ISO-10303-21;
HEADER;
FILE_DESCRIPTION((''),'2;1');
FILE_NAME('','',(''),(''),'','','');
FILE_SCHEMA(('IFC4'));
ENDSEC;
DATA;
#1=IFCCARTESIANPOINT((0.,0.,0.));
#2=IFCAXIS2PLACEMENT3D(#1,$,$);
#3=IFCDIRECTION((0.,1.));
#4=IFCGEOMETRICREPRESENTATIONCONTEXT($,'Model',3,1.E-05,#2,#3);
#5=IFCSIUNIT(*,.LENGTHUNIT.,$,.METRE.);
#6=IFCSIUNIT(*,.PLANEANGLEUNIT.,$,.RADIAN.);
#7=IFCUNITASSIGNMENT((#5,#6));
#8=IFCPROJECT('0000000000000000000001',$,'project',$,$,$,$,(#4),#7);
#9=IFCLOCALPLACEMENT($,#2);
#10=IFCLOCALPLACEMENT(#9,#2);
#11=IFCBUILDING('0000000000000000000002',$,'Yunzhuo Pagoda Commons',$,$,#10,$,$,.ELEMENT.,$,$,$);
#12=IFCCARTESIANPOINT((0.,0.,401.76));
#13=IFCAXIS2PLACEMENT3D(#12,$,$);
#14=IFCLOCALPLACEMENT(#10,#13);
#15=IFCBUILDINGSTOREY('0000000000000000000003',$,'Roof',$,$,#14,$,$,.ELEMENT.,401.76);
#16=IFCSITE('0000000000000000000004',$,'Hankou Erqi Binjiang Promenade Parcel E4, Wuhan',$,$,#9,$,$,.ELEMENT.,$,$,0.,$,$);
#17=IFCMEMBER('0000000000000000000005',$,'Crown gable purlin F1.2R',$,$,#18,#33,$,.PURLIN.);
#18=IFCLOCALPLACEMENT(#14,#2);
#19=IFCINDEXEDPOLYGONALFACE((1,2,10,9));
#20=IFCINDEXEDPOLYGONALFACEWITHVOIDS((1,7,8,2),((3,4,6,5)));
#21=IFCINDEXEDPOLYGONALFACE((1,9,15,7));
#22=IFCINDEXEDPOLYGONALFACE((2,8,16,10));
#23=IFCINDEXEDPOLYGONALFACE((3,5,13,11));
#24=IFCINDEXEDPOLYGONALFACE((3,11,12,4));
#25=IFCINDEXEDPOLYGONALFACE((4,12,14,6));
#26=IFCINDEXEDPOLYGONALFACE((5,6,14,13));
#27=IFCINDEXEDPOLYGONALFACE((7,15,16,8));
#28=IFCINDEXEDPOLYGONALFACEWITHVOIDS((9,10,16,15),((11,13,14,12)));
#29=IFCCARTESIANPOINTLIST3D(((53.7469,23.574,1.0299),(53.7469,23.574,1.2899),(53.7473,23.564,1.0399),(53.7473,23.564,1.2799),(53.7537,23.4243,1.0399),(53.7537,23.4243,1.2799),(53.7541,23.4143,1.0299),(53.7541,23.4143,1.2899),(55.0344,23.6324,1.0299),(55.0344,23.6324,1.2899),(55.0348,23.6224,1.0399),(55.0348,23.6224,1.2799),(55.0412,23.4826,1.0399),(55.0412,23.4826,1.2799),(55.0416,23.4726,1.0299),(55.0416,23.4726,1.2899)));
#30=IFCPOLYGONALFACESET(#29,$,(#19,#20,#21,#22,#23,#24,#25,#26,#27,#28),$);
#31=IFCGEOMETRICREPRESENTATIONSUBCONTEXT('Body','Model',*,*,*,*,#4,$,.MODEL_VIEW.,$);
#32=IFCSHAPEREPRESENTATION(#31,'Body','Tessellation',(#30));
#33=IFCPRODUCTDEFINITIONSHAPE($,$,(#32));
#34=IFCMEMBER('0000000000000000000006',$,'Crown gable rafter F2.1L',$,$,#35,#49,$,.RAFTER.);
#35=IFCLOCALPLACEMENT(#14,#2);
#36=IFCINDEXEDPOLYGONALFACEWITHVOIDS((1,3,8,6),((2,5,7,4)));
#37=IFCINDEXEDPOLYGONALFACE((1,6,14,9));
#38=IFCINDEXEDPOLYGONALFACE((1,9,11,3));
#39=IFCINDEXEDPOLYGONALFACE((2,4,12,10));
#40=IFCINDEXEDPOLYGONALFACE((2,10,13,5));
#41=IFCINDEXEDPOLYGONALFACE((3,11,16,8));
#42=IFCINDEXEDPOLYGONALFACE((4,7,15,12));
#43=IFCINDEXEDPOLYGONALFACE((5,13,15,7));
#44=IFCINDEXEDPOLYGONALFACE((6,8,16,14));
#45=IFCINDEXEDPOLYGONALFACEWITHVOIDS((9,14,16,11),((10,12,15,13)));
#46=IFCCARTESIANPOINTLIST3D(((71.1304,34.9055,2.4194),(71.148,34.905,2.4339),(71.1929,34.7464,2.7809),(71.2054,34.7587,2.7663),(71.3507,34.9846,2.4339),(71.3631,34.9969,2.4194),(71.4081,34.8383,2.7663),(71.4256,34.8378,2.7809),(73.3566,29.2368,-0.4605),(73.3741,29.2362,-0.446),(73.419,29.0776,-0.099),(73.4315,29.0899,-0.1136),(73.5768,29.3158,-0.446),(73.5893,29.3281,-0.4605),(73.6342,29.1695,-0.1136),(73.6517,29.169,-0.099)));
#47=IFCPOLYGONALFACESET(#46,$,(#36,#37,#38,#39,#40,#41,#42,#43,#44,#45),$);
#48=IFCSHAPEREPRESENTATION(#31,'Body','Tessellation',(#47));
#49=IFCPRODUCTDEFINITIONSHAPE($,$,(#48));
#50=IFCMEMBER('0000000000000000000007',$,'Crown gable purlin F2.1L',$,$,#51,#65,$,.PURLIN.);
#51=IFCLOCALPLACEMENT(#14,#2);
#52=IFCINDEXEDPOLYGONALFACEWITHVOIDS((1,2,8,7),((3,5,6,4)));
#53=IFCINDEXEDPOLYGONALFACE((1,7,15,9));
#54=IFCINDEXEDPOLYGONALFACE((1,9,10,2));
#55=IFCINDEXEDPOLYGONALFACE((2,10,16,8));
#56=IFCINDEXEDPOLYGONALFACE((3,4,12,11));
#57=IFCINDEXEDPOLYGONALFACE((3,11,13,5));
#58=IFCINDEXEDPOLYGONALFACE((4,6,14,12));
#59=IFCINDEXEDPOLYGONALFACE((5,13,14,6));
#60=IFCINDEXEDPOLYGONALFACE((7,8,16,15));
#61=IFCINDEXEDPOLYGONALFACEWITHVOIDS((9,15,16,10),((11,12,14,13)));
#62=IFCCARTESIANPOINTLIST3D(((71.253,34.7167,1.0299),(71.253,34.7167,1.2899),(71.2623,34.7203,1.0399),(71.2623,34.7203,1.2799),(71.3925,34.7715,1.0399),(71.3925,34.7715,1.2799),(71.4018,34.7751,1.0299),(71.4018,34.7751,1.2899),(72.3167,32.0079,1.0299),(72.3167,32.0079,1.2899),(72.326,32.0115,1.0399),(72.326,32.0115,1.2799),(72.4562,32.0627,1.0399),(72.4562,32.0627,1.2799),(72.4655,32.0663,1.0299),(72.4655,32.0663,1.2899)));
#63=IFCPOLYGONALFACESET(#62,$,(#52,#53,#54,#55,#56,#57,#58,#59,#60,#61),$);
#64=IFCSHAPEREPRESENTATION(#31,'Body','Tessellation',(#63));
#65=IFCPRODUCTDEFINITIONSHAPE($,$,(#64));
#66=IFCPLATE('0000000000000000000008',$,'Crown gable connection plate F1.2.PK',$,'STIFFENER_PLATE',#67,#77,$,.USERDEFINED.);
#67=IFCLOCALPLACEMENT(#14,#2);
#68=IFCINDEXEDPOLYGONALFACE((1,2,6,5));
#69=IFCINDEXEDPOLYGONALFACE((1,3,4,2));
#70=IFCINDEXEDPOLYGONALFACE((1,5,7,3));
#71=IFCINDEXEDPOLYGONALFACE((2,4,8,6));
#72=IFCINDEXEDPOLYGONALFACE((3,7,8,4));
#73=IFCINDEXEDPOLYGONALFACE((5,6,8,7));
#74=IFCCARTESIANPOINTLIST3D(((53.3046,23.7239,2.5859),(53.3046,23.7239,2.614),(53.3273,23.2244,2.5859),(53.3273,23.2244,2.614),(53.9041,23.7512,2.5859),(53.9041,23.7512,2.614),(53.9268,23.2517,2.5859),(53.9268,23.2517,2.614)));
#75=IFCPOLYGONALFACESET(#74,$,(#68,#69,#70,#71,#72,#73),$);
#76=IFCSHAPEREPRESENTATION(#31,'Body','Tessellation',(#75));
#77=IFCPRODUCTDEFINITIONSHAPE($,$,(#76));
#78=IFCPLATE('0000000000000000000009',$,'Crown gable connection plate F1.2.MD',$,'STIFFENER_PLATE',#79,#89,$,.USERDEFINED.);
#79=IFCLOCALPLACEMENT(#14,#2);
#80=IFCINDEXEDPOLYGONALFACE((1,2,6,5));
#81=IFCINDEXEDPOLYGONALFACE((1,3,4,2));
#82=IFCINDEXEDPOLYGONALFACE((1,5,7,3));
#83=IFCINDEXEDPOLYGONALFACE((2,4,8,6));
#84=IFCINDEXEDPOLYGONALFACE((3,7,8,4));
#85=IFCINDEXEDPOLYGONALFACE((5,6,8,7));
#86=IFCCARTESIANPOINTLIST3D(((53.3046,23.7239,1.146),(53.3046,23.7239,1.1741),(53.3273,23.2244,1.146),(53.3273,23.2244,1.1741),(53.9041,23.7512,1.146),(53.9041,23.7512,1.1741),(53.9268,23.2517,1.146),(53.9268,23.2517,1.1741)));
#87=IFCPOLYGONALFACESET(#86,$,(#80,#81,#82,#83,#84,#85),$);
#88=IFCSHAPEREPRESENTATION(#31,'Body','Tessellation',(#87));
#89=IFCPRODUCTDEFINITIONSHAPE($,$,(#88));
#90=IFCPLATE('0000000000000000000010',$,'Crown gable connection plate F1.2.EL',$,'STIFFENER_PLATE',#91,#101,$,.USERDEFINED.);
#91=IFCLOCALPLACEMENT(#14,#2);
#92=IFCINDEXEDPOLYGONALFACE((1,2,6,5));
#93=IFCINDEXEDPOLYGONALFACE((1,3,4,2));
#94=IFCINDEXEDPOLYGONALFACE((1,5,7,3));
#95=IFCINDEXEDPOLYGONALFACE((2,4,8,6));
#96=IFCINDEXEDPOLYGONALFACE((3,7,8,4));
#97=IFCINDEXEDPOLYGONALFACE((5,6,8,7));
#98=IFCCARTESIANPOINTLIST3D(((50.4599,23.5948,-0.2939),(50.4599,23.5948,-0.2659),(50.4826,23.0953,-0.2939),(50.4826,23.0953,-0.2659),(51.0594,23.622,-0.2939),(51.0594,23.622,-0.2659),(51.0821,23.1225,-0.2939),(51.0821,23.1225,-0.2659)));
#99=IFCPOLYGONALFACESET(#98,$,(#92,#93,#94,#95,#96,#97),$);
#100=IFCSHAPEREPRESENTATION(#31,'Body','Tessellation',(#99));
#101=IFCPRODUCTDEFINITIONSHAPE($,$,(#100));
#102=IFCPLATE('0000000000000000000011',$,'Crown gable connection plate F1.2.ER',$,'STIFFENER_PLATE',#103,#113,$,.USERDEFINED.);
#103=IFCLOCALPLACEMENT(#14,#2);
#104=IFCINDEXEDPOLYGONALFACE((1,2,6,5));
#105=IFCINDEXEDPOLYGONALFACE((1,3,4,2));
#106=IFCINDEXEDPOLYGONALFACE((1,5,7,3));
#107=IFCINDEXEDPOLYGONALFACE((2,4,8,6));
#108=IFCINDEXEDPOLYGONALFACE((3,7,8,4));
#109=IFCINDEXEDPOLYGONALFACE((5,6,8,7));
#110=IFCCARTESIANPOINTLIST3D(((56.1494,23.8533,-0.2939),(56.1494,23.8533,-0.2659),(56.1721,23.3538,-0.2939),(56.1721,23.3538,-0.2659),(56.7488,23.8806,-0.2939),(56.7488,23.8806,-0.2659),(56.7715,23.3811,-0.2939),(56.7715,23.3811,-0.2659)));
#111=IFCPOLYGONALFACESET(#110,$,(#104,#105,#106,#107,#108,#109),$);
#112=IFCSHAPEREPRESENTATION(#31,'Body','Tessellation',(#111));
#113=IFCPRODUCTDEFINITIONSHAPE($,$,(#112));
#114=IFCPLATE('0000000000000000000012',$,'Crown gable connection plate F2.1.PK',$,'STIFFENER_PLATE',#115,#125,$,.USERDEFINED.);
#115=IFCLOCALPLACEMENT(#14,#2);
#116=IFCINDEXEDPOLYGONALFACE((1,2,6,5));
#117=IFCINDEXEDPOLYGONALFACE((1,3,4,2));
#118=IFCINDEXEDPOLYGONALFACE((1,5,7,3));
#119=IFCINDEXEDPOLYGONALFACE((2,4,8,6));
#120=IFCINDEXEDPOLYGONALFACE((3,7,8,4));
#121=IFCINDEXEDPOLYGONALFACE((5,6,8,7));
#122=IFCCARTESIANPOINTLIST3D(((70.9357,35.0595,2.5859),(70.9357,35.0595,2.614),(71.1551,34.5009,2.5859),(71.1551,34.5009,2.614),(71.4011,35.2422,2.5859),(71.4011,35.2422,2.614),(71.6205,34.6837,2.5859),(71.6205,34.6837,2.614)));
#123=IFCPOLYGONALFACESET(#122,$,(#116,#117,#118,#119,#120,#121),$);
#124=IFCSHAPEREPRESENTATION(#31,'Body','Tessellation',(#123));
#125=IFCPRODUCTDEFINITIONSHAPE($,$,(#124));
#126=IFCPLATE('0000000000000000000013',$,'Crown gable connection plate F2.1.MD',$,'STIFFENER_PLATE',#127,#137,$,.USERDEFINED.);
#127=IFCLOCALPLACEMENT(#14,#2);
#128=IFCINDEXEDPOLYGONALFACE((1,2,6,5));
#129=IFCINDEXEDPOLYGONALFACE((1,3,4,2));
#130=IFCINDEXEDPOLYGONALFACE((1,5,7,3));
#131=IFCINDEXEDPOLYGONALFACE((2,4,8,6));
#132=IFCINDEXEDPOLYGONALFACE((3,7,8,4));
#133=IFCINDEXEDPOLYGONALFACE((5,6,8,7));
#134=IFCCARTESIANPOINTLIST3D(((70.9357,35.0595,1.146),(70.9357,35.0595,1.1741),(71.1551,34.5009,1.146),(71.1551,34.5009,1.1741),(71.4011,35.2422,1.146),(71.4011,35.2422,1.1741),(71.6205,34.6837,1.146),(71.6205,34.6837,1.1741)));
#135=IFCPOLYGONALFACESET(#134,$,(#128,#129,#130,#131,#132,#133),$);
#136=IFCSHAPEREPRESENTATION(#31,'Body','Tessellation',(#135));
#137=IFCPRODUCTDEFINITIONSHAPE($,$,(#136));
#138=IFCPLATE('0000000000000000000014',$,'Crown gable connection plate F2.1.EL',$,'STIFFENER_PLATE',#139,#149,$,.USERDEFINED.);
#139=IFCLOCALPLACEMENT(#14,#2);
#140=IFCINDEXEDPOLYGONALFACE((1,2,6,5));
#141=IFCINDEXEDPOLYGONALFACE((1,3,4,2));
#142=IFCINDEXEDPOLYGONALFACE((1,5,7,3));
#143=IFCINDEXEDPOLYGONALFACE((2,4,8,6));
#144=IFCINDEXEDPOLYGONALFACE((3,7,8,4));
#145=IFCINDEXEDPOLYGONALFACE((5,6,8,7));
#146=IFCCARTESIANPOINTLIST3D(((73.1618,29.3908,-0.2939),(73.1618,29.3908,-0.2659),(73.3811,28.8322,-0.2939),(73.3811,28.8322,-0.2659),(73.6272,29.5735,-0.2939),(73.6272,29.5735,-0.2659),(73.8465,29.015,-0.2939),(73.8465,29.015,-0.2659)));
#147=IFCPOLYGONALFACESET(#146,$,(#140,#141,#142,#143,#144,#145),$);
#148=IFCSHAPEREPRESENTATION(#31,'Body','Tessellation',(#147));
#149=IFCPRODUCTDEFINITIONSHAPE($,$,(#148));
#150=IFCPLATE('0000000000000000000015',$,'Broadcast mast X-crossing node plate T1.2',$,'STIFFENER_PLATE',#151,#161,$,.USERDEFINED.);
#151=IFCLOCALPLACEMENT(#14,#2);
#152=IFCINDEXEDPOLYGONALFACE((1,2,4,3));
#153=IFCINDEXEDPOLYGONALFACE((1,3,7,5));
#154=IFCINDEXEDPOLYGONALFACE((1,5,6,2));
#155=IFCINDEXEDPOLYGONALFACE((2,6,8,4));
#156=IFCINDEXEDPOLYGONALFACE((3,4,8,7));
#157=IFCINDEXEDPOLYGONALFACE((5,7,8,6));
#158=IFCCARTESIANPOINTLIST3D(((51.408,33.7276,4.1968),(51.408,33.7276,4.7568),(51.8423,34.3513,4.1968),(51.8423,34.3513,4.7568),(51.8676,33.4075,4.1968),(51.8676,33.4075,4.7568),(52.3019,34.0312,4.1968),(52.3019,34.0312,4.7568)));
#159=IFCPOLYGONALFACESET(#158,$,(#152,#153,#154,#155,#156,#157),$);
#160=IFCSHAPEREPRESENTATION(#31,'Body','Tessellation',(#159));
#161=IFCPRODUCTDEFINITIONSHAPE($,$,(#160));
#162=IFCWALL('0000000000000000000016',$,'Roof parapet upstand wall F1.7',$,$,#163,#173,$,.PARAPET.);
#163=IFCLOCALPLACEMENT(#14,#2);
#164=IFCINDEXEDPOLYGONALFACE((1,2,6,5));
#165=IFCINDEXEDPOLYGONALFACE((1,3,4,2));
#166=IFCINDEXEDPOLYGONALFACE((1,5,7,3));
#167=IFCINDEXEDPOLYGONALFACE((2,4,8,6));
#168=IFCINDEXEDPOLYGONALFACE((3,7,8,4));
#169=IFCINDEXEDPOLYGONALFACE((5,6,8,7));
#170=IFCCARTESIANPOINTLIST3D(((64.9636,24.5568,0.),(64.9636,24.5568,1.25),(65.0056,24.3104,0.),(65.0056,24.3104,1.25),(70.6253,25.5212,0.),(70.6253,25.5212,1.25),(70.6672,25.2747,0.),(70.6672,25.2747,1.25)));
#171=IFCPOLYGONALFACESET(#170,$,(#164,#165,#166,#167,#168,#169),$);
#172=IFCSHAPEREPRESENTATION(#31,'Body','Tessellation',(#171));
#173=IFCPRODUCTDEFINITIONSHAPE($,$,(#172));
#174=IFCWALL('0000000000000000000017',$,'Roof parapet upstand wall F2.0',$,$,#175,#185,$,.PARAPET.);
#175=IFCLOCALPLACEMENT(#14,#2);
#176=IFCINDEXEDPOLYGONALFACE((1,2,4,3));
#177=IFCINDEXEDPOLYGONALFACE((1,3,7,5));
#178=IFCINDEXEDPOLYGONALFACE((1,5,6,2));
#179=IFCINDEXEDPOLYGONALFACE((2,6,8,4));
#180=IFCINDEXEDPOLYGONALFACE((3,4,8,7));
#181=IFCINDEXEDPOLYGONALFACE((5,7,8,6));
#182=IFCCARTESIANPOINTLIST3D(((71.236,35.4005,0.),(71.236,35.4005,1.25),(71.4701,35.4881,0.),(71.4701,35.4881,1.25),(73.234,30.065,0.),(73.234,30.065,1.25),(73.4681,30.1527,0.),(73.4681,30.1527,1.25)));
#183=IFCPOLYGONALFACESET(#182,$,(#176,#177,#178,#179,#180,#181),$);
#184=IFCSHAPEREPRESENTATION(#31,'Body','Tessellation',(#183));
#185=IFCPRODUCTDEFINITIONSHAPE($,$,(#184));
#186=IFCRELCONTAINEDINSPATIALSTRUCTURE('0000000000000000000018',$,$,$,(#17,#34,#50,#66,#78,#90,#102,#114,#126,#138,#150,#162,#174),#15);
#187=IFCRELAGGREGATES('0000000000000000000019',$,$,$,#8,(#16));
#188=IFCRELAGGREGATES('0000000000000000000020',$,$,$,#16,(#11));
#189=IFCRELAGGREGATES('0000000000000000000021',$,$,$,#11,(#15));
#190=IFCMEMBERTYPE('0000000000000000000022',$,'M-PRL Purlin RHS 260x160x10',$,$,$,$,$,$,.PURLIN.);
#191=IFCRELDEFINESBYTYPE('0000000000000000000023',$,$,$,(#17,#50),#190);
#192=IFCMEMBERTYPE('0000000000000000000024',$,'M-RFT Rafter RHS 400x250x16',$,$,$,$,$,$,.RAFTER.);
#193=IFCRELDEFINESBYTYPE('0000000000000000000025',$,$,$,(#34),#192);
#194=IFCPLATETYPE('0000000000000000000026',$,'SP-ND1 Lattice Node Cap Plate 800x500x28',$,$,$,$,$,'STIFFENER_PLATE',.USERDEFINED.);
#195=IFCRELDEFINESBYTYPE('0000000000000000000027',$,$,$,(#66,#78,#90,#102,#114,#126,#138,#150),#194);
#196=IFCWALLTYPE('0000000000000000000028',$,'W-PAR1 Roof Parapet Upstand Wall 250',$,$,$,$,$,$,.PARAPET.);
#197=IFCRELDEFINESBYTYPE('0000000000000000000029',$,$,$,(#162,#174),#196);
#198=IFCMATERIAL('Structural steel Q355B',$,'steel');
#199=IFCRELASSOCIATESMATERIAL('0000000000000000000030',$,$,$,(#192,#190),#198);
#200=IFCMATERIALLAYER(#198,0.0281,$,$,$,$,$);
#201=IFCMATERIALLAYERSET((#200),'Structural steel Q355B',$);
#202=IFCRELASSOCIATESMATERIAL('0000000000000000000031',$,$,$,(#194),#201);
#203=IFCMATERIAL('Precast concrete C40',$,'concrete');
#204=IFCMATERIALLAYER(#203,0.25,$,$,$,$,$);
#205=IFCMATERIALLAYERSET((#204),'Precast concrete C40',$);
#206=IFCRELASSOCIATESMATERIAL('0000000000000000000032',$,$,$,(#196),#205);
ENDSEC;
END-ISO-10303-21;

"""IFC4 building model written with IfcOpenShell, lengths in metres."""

from ifc_helpers import new_model, si_unit, direction, frame, frame_2d, origin, origin_2d, place, context, subcontext, project, spatial, rectangle, hollow_rectangle, extrude, source, transform, mapped, material, layer, layer_set, material_profile, profile_set, type_object, element, save


model = new_model("IFC4")

# Units and contexts
model_context = context("Model", 3, precision=1e-05, world=origin(), true_north=direction((0.0, 1.0)))
body_context = subcontext(model_context, "Body", "Model", "MODEL_VIEW")
ifc_project = project(units=[si_unit("LENGTHUNIT", "METRE"), si_unit("PLANEANGLEUNIT", "RADIAN")], contexts=[model_context])

# Site, building, storey
site_placement = place(None, origin())
site = spatial("IfcSite", under=ifc_project, at=site_placement, Name="Hankou Erqi Binjiang Promenade Parcel E4, Wuhan", CompositionType="ELEMENT", RefElevation=0.0)
building_placement = place(site_placement, origin())
building = spatial("IfcBuilding", under=site, at=building_placement, Name="Yunzhuo Pagoda Commons", CompositionType="ELEMENT")
storey_placement = place(building_placement, frame((0.0, 0.0, 401.76)))
storey = spatial("IfcBuildingStorey", under=building, at=storey_placement, Name="Roof", CompositionType="ELEMENT", Elevation=401.76)

# Shared definitions
ifc_material_1 = material(Name="Structural steel Q355B", Category="steel")

# Members
ifc_material_profile_1 = material_profile(ifc_material_1, hollow_rectangle(XDim=0.25, YDim=0.3999, WallThickness=0.0161, at=origin_2d()), Name="Structural steel Q355B")
ifc_profile_set_1 = profile_set([ifc_material_profile_1], Name="Structural steel Q355B")
member_type_1 = type_object("IfcMemberType", Name="M-RFT Rafter RHS 400x250x16", PredefinedType="RAFTER", material=ifc_profile_set_1)
ifc_material_profile_2 = material_profile(ifc_material_1, hollow_rectangle(XDim=0.1599, YDim=0.26, WallThickness=0.01, at=origin_2d()), Name="Structural steel Q355B")
ifc_profile_set_2 = profile_set([ifc_material_profile_2], Name="Structural steel Q355B")
member_type_2 = type_object("IfcMemberType", Name="M-PRL Purlin RHS 260x160x10", PredefinedType="PURLIN", material=ifc_profile_set_2)
shared_shape_1 = source(origin(), body_context, "Body", "SweptSolid", [
    extrude(hollow_rectangle(XDim=0.1599, YDim=0.26, WallThickness=0.01, at=origin_2d()), origin(), (0.0, 0.0, 1.0), 1.2888),
])
for number, where, z_axis, x_axis, name in (
    (1, (53.7505, 23.4941, 1.1599), (0.998975, 0.04527, 0.0), (-0.04527, 0.998975, 0.0), "Crown gable purlin F1.2R"),
):
    element("IfcMember", number, at=place(storey_placement, frame(where, z_axis=z_axis, x_axis=x_axis)), inside=storey, type_object=member_type_2, Name=name, PredefinedType="PURLIN", context=body_context, shape_type="MappedRepresentation", body=[
        mapped(shared_shape_1, transform((0.0, 0.0, 0.0), scale=1.0)),
    ])
shared_shape_2 = source(origin(), body_context, "Body", "SweptSolid", [
    extrude(hollow_rectangle(XDim=0.25, YDim=0.3999, WallThickness=0.0161, at=origin_2d()), origin(), (0.0, 0.0, 1.0), 6.7368),
])
member_1_placement = place(storey_placement, frame((73.5042, 29.2029, -0.2798), z_axis=(-0.330439, 0.841464, 0.427491), x_axis=(-0.930803, -0.365522, 0.0)))
element("IfcMember", 2, at=member_1_placement, inside=storey, type_object=member_type_1, Name="Crown gable rafter F2.1L", PredefinedType="RAFTER", context=body_context, shape_type="MappedRepresentation", body=[
    mapped(shared_shape_2, transform((0.0, 0.0, 0.0), scale=1.0)),
])
shared_shape_3 = source(origin(), body_context, "Body", "SweptSolid", [
    extrude(hollow_rectangle(XDim=0.1599, YDim=0.26, WallThickness=0.01, at=origin_2d()), origin(), (0.0, 0.0, 1.0), 2.9102),
])
member_2_placement = place(storey_placement, frame((72.3911, 32.0371, 1.1599), z_axis=(-0.365525, 0.930801, 0.0), x_axis=(-0.930801, -0.365525, 0.0)))
element("IfcMember", 3, at=member_2_placement, inside=storey, type_object=member_type_2, Name="Crown gable purlin F2.1L", PredefinedType="PURLIN", context=body_context, shape_type="MappedRepresentation", body=[
    mapped(shared_shape_3, transform((0.0, 0.0, 0.0), scale=1.0)),
])

# Plates
ifc_layer_1 = layer(ifc_material_1, 0.0281)
ifc_layer_set_1 = layer_set([ifc_layer_1], Name="Structural steel Q355B")
plate_type = type_object("IfcPlateType", Name="SP-ND1 Lattice Node Cap Plate 800x500x28", ElementType="STIFFENER_PLATE", PredefinedType="USERDEFINED", material=ifc_layer_set_1)
shared_shape_4 = source(origin(), body_context, "Body", "SweptSolid", [
    extrude(rectangle(XDim=0.6001, YDim=0.5, at=origin_2d()), origin(), (0.0, 0.0, 1.0), 0.0281),
])
for number, where, z_axis, x_axis, name in (
    (4, (53.6157, 23.4878, 2.5859), (0.0, 0.0, 1.0), (0.998968, 0.045415, 0.0), "Crown gable connection plate F1.2.PK"),
    (5, (53.6157, 23.4878, 1.146), (0.0, 0.0, 1.0), (0.998968, 0.045415, 0.0), "Crown gable connection plate F1.2.MD"),
    (6, (50.771, 23.3586, -0.2939), (0.0, 0.0, 1.0), (0.998968, 0.045415, 0.0), "Crown gable connection plate F1.2.EL"),
    (7, (56.4604, 23.6172, -0.2939), (0.0, 0.0, 1.0), (0.998968, 0.045415, 0.0), "Crown gable connection plate F1.2.ER"),
    (8, (71.2781, 34.8716, 2.5859), (0.0, 0.0, 1.0), (-0.365527, 0.930801, 0.0), "Crown gable connection plate F2.1.PK"),
    (9, (71.2781, 34.8716, 1.146), (0.0, 0.0, 1.0), (-0.365527, 0.930801, 0.0), "Crown gable connection plate F2.1.MD"),
    (10, (73.5042, 29.2029, -0.2939), (0.0, 0.0, 1.0), (-0.365527, 0.930801, 0.0), "Crown gable connection plate F2.1.EL"),
):
    element("IfcPlate", number, at=place(storey_placement, frame(where, z_axis=z_axis, x_axis=x_axis)), inside=storey, type_object=plate_type, Name=name, ObjectType="STIFFENER_PLATE", PredefinedType="USERDEFINED", context=body_context, shape_type="MappedRepresentation", body=[
        mapped(shared_shape_4, transform((0.0, 0.0, 0.0), scale=1.0)),
    ])
shared_shape_5 = source(origin(), body_context, "Body", "SweptSolid", [
    extrude(rectangle(XDim=0.76, YDim=0.5601, at=origin_2d()), origin(), (0.0, 0.0, 1.0), 0.5601),
])
plate_placement = place(storey_placement, frame((51.855, 33.8794, 4.1968), z_axis=(0.0, 0.0, 1.0), x_axis=(-0.571459, -0.820631, 0.0)))
element("IfcPlate", 11, at=plate_placement, inside=storey, type_object=plate_type, Name="Broadcast mast X-crossing node plate T1.2", ObjectType="STIFFENER_PLATE", PredefinedType="USERDEFINED", context=body_context, shape_type="MappedRepresentation", body=[
    mapped(shared_shape_5, transform((0.0, 0.0, 0.0), scale=1.0)),
])

# Walls
ifc_material_2 = material(Name="Precast concrete C40", Category="concrete")
ifc_layer_2 = layer(ifc_material_2, 0.25)
ifc_layer_set_2 = layer_set([ifc_layer_2], Name="Precast concrete C40")
wall_type = type_object("IfcWallType", Name="W-PAR1 Roof Parapet Upstand Wall 250", PredefinedType="PARAPET", material=ifc_layer_set_2)
wall_1_placement = place(storey_placement, frame((64.9846, 24.4336, 0.0), z_axis=(0.0, 0.0, 1.0), x_axis=(0.985802, 0.167914, 0.0)))
element("IfcWall", 12, at=wall_1_placement, inside=storey, type_object=wall_type, Name="Roof parapet upstand wall F1.7", PredefinedType="PARAPET", context=body_context, shape_type="SweptSolid", body=[
    extrude(rectangle(XDim=5.7432, YDim=0.25, at=frame_2d((2.8716, 0.0))), origin(), (0.0, 0.0, 1.0), 1.25),
])
wall_2_placement = place(storey_placement, frame((73.3511, 30.1089, 0.0), z_axis=(0.0, 0.0, 1.0), x_axis=(-0.350701, 0.936488, 0.0)))
element("IfcWall", 13, at=wall_2_placement, inside=storey, type_object=wall_type, Name="Roof parapet upstand wall F2.0", PredefinedType="PARAPET", context=body_context, shape_type="SweptSolid", body=[
    extrude(rectangle(XDim=5.6973, YDim=0.25, at=frame_2d((2.8486, 0.0))), origin(), (0.0, 0.0, 1.0), 1.25),
])

save(model, "model.ifc")
